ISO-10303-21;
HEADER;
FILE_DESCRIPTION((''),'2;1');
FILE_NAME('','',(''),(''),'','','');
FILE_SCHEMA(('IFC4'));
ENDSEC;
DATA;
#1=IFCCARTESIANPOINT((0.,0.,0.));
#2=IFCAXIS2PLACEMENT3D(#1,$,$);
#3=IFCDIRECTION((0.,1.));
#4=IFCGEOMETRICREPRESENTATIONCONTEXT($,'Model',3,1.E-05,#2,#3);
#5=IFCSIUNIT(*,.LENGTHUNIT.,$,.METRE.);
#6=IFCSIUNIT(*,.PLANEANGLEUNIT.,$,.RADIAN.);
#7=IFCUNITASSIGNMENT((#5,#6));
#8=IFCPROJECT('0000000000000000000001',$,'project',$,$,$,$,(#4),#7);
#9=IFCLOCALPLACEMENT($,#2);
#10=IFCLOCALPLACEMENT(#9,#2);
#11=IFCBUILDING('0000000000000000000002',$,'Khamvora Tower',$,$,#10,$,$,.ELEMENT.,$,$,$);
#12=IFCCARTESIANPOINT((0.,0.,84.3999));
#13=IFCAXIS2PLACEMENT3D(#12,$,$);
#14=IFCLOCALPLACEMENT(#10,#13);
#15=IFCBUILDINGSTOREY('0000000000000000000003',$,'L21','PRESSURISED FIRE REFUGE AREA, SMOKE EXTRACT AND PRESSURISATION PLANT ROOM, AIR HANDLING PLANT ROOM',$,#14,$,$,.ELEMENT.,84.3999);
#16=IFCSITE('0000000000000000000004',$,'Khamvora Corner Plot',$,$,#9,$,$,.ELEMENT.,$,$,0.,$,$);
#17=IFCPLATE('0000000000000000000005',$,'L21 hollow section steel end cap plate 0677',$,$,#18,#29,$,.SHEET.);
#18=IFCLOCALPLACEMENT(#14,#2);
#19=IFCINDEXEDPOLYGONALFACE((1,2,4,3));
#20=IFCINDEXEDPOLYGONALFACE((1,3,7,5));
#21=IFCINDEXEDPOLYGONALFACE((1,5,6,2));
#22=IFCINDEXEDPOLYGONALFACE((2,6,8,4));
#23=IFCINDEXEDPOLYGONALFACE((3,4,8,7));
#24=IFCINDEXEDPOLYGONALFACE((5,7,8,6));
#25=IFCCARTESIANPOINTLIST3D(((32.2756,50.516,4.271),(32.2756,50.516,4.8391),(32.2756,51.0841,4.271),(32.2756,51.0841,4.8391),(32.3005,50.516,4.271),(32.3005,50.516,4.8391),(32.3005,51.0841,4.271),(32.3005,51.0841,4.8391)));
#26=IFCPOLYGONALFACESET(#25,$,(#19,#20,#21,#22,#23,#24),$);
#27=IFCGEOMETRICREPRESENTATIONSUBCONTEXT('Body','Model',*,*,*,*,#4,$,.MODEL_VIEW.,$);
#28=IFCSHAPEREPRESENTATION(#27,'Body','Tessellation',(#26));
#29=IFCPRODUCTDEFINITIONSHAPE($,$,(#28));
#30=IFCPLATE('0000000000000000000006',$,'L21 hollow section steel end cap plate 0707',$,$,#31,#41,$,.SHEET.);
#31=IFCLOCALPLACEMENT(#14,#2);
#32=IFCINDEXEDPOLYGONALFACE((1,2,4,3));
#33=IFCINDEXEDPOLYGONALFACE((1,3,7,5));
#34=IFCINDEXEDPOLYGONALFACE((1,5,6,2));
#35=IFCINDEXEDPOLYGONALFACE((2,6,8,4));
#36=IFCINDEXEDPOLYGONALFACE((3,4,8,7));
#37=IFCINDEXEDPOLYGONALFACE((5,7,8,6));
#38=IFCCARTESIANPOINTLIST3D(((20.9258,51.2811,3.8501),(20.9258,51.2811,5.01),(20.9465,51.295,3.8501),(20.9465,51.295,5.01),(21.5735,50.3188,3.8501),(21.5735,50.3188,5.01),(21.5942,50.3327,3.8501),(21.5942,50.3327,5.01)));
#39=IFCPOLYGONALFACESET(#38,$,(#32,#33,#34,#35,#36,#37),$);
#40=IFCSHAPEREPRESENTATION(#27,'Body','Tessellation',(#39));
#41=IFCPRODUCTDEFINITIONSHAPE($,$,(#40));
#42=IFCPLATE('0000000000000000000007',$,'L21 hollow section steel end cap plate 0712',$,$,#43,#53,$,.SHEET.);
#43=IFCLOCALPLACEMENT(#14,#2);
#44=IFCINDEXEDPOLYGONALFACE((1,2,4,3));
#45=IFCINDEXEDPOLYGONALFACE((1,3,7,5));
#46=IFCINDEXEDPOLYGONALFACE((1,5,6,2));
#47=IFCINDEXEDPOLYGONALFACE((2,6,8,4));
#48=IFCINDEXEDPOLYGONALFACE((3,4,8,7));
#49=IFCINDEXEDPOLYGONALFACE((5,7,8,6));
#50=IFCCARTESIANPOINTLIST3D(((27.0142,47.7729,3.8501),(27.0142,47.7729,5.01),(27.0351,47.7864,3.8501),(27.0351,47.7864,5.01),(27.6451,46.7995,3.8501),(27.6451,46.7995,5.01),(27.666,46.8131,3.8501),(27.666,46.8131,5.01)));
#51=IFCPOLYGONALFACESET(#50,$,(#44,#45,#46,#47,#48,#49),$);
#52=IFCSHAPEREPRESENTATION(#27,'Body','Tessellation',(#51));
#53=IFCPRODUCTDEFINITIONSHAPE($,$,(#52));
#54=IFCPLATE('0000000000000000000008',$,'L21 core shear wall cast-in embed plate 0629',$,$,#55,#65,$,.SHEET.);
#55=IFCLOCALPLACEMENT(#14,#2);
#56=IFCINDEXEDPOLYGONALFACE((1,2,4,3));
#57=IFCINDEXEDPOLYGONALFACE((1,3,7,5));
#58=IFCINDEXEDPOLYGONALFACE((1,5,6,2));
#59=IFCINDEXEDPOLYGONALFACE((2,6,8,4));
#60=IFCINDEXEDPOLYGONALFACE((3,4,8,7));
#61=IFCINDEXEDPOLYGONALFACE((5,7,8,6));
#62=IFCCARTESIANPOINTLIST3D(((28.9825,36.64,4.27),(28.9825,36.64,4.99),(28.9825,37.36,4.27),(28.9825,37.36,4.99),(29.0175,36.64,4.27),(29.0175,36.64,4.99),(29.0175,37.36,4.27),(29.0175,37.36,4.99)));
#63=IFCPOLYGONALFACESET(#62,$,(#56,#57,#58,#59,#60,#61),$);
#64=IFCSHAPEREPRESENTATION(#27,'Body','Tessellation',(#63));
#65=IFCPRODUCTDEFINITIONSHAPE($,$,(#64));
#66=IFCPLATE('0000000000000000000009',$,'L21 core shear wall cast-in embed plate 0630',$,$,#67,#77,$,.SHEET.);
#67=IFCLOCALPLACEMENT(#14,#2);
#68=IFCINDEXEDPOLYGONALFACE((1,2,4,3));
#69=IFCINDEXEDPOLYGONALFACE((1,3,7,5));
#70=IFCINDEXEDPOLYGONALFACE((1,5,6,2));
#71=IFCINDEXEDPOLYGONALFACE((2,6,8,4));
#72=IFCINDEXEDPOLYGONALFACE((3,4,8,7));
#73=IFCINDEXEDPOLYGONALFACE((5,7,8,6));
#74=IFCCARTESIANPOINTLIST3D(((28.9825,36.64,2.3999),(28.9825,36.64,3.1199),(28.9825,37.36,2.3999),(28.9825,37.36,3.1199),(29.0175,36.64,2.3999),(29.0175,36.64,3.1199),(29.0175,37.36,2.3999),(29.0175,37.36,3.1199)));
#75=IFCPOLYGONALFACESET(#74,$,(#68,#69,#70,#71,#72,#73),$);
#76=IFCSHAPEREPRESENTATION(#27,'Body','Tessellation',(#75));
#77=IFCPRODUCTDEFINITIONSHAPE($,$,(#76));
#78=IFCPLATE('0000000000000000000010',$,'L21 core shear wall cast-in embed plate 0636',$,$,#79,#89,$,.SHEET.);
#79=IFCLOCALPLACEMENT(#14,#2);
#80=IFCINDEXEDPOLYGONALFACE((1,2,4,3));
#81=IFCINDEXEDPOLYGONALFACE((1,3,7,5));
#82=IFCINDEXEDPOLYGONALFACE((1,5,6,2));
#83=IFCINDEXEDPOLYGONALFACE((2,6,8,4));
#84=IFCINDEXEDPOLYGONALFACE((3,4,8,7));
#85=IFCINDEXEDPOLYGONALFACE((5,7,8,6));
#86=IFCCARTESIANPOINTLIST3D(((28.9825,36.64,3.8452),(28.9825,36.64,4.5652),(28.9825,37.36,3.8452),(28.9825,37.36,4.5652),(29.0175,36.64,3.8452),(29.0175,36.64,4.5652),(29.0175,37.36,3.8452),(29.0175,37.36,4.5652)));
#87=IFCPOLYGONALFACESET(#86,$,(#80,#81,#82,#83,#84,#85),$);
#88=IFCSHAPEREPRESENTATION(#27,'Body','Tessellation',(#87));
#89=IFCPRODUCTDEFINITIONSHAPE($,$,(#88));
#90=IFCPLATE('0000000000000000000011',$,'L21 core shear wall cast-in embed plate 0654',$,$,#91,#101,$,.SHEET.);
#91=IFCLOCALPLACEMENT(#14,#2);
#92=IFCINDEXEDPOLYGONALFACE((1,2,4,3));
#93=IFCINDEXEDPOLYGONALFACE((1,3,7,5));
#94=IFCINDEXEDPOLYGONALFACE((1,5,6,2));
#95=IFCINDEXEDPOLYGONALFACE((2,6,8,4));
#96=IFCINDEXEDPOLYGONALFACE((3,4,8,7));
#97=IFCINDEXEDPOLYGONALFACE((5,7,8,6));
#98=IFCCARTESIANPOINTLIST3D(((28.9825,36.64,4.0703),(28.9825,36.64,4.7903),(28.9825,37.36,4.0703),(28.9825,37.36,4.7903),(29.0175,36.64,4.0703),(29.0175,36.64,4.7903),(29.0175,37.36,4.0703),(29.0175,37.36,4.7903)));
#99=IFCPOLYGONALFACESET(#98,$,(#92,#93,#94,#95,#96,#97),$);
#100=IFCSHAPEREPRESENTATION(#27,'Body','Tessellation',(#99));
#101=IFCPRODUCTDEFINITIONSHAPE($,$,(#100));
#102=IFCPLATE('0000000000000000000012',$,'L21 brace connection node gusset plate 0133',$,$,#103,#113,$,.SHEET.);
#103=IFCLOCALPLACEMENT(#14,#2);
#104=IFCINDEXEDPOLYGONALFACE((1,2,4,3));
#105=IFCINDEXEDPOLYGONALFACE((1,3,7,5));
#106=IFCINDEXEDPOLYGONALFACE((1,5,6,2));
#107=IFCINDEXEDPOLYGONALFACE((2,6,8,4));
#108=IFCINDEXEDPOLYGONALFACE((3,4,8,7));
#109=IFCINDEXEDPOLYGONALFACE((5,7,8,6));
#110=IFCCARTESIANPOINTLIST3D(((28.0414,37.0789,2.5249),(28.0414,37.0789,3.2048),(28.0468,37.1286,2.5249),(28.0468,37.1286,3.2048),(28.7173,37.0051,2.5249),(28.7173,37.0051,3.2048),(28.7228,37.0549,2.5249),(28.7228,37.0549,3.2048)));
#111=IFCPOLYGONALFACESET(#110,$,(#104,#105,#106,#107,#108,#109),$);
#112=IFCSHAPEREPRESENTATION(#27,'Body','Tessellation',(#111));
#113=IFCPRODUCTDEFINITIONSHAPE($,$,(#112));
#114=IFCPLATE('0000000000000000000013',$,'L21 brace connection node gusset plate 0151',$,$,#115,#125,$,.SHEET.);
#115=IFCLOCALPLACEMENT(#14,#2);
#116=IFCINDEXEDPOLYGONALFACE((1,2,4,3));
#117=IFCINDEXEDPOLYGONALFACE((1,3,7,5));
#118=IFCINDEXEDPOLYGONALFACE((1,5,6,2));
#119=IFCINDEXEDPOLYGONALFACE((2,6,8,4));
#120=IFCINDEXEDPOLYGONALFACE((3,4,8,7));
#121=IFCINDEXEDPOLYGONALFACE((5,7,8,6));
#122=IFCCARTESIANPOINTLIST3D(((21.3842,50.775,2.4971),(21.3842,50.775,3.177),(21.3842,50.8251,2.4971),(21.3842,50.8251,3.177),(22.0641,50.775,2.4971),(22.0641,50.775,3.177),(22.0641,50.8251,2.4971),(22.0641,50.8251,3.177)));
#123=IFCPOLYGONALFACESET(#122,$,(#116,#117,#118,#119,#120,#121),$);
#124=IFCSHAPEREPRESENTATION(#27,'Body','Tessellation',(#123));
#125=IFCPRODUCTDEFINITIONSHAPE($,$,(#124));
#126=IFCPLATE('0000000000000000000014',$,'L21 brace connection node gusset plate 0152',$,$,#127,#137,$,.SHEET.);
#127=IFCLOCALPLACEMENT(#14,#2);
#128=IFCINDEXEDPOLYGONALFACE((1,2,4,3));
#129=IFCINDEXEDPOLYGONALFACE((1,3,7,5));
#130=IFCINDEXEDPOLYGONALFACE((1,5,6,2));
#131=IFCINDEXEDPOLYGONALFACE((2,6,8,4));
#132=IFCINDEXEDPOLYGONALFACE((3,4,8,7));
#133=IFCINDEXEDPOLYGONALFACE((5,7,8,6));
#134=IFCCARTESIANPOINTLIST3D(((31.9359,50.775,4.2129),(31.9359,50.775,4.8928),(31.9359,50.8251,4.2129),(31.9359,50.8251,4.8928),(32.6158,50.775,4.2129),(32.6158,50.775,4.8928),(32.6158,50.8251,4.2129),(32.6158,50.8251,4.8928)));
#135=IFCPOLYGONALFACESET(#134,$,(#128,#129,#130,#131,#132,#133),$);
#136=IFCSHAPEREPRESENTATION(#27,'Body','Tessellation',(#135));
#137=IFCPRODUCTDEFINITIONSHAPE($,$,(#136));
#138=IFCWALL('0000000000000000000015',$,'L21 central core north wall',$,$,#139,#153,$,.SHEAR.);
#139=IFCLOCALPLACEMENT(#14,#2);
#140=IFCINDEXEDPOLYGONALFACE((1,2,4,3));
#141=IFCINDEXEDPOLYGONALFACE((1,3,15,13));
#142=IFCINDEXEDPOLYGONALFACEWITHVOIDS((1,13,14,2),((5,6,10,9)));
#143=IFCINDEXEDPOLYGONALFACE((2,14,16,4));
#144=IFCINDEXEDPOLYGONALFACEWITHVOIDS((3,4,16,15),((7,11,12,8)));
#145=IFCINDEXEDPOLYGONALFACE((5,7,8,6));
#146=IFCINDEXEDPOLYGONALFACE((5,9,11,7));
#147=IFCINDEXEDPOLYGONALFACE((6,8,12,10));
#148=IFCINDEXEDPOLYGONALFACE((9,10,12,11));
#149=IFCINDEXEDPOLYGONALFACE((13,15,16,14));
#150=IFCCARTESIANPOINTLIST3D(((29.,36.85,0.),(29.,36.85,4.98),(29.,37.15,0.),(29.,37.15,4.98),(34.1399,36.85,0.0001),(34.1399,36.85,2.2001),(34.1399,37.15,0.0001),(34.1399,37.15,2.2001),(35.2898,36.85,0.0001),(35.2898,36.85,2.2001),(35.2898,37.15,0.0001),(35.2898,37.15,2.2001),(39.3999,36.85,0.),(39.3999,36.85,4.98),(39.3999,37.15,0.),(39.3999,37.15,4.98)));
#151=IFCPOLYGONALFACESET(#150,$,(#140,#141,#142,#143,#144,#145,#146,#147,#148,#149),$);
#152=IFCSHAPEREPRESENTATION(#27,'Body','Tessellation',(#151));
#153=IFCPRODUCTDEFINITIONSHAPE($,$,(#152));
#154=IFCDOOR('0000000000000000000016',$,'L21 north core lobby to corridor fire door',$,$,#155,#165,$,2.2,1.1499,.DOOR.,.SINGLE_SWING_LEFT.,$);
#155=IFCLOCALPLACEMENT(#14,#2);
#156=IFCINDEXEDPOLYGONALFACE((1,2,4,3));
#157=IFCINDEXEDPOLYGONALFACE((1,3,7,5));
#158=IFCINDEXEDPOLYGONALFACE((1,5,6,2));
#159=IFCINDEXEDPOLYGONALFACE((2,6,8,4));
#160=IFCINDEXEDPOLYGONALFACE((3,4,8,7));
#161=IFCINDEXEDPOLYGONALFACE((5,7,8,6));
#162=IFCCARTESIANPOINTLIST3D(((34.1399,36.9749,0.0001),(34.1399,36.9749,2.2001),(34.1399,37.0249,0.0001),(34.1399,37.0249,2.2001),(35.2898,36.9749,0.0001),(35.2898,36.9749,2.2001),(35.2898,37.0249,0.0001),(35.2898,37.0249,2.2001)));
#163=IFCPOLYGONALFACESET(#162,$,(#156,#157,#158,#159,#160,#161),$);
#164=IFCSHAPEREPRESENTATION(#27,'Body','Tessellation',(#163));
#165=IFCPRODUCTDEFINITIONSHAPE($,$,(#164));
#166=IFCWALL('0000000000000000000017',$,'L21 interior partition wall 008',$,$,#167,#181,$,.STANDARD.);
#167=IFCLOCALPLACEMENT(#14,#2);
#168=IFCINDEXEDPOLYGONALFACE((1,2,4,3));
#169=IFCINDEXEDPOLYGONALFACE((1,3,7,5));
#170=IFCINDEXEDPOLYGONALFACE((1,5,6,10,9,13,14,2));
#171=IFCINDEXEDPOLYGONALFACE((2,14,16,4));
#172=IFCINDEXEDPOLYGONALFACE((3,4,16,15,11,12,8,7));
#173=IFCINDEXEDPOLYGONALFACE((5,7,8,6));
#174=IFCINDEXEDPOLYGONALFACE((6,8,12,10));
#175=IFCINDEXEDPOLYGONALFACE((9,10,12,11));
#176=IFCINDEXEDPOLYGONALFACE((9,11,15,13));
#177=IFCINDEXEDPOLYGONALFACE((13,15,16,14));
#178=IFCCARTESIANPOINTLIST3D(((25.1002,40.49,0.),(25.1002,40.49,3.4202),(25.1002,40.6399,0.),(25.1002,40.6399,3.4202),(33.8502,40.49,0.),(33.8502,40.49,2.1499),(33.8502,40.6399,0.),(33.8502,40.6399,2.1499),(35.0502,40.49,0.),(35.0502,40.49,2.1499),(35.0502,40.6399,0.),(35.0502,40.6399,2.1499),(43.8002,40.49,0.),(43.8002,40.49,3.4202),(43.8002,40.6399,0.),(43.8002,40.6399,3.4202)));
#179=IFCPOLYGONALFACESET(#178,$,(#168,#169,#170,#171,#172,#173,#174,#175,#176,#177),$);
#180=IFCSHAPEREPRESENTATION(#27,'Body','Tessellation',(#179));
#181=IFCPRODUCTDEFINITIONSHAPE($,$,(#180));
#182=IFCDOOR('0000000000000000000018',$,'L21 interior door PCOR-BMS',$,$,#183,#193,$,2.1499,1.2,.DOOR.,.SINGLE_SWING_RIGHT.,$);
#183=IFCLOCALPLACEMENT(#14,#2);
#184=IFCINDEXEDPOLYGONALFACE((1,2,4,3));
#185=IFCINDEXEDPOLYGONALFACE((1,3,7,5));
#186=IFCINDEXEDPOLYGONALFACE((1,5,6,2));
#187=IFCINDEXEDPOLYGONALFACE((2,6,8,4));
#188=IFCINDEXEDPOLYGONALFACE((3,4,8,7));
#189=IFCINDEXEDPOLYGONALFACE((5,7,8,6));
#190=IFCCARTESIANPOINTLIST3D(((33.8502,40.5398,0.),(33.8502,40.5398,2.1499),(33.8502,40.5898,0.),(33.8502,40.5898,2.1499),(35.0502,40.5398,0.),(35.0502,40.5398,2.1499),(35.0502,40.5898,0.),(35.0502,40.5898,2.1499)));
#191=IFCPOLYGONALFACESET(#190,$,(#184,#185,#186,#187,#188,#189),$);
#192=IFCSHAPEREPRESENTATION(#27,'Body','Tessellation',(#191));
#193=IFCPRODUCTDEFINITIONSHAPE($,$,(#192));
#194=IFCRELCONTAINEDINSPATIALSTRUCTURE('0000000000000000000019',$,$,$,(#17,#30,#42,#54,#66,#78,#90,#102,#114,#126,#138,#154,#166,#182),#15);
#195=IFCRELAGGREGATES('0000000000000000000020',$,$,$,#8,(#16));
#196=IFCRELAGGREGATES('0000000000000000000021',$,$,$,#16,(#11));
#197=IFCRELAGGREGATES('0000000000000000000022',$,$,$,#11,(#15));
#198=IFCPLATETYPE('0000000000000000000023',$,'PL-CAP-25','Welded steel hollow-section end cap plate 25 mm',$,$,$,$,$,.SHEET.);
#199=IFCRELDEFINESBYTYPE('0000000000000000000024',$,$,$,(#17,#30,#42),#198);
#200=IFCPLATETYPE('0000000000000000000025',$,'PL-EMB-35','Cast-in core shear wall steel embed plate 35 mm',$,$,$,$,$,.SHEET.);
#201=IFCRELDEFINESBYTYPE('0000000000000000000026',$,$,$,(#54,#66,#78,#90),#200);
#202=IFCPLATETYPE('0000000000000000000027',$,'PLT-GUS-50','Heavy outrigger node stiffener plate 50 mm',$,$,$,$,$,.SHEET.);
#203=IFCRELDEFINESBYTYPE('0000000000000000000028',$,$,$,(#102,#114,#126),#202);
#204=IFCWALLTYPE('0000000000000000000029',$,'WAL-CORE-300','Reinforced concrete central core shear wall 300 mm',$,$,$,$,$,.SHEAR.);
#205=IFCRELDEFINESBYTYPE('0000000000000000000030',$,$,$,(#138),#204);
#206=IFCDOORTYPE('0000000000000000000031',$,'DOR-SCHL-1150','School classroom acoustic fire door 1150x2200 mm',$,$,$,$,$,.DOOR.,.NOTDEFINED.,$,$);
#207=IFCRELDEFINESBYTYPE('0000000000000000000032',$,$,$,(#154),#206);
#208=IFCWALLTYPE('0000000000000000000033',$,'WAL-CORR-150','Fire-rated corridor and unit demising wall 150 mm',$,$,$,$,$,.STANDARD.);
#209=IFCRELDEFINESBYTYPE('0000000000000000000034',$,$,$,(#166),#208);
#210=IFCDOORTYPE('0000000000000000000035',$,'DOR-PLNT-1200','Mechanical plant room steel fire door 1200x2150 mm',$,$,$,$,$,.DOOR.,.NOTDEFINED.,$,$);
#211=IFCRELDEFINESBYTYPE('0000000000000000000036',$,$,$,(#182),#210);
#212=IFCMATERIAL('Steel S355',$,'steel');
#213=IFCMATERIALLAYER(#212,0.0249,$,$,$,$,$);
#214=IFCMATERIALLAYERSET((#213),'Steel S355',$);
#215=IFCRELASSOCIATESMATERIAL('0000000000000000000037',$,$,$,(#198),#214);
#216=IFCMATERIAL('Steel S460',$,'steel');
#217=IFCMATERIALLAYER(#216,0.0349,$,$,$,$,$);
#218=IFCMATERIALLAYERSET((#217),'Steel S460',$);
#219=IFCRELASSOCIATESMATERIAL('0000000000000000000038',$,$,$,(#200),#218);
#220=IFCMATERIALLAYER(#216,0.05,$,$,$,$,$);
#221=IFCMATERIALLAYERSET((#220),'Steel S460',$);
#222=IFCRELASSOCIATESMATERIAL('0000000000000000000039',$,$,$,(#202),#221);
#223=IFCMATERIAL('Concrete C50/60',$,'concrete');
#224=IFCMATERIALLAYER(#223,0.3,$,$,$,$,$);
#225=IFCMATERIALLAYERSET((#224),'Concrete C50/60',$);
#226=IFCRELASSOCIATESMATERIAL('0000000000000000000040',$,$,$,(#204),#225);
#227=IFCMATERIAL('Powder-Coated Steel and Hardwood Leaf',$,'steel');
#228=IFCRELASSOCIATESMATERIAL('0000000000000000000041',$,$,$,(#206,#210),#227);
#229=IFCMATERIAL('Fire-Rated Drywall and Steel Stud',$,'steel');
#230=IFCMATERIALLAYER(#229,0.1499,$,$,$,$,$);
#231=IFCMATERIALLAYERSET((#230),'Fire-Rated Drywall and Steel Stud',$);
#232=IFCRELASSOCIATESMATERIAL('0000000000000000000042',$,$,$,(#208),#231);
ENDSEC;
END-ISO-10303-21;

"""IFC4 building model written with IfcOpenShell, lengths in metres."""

from ifc_helpers import new_model, si_unit, direction, frame, frame_2d, origin, origin_2d, place, context, subcontext, project, spatial, rectangle, extrude, material, layer, layer_set, type_object, element, fill, save


model = new_model("IFC4")

# Units and contexts
model_context = context("Model", 3, precision=1e-05, world=origin(), true_north=direction((0.0, 1.0)))
body_context = subcontext(model_context, "Body", "Model", "MODEL_VIEW")
ifc_project = project(units=[si_unit("LENGTHUNIT", "METRE"), si_unit("PLANEANGLEUNIT", "RADIAN")], contexts=[model_context])

# Site, building, storey
site_placement = place(None, origin())
site = spatial("IfcSite", under=ifc_project, at=site_placement, Name="Khamvora Corner Plot", CompositionType="ELEMENT", RefElevation=0.0)
building_placement = place(site_placement, origin())
building = spatial("IfcBuilding", under=site, at=building_placement, Name="Khamvora Tower", CompositionType="ELEMENT")
storey_placement = place(building_placement, frame((0.0, 0.0, 84.3999)))
storey = spatial("IfcBuildingStorey", under=building, at=storey_placement, Name="L21", Description="PRESSURISED FIRE REFUGE AREA, SMOKE EXTRACT AND PRESSURISATION PLANT ROOM, AIR HANDLING PLANT ROOM", CompositionType="ELEMENT", Elevation=84.3999)

# Shared definitions
ifc_material_1 = material(Name="Steel S460", Category="steel")

# Plates
ifc_material_2 = material(Name="Steel S355", Category="steel")
ifc_layer_1 = layer(ifc_material_2, 0.0249)
ifc_layer_set_1 = layer_set([ifc_layer_1], Name="Steel S355")
plate_type_1 = type_object("IfcPlateType", Name="PL-CAP-25", Description="Welded steel hollow-section end cap plate 25 mm", PredefinedType="SHEET", material=ifc_layer_set_1)
for number, where, z_axis, x_axis, name in (
    (1, (32.2881, 50.8, 4.271), (0.0, 0.0, 1.0), (1.0, 0.0, 0.0), "L21 hollow section steel end cap plate 0677"),
):
    element("IfcPlate", number, at=place(storey_placement, frame(where, z_axis=z_axis, x_axis=x_axis)), inside=storey, type_object=plate_type_1, Name=name, PredefinedType="SHEET", context=body_context, shape_type="SweptSolid", body=[
        extrude(rectangle(XDim=0.0249, YDim=0.5681, at=origin_2d()), origin(), (0.0, 0.0, 1.0), 0.5681),
    ])
for number, where, z_axis, x_axis, name in (
    (2, (21.26, 50.8069, 3.8501), (0.0, 0.0, 1.0), (-0.829584, -0.558382, 0.0), "L21 hollow section steel end cap plate 0707"),
    (3, (27.3401, 47.293, 3.8501), (0.0, 0.0, 1.0), (-0.839155, -0.543892, 0.0), "L21 hollow section steel end cap plate 0712"),
):
    element("IfcPlate", number, at=place(storey_placement, frame(where, z_axis=z_axis, x_axis=x_axis)), inside=storey, type_object=plate_type_1, Name=name, PredefinedType="SHEET", context=body_context, shape_type="SweptSolid", body=[
        extrude(rectangle(XDim=0.0249, YDim=1.1599, at=origin_2d()), origin(), (0.0, 0.0, 1.0), 1.1599),
    ])
ifc_layer_2 = layer(ifc_material_1, 0.0349)
ifc_layer_set_2 = layer_set([ifc_layer_2], Name="Steel S460")
plate_type_2 = type_object("IfcPlateType", Name="PL-EMB-35", Description="Cast-in core shear wall steel embed plate 35 mm", PredefinedType="SHEET", material=ifc_layer_set_2)
for number, where, z_axis, x_axis, name in (
    (4, (29.0, 37.0, 4.27), (0.0, 0.0, 1.0), (1.0, 0.0, 0.0), "L21 core shear wall cast-in embed plate 0629"),
    (5, (29.0, 37.0, 2.3999), (0.0, 0.0, 1.0), (1.0, 0.0, 0.0), "L21 core shear wall cast-in embed plate 0630"),
    (6, (29.0, 37.0, 3.8452), (0.0, 0.0, 1.0), (1.0, 0.0, 0.0), "L21 core shear wall cast-in embed plate 0636"),
    (7, (29.0, 37.0, 4.0703), (0.0, 0.0, 1.0), (1.0, 0.0, 0.0), "L21 core shear wall cast-in embed plate 0654"),
):
    element("IfcPlate", number, at=place(storey_placement, frame(where, z_axis=z_axis, x_axis=x_axis)), inside=storey, type_object=plate_type_2, Name=name, PredefinedType="SHEET", context=body_context, shape_type="SweptSolid", body=[
        extrude(rectangle(XDim=0.0349, YDim=0.72, at=origin_2d()), origin(), (0.0, 0.0, 1.0), 0.72),
    ])
ifc_layer_3 = layer(ifc_material_1, 0.05)
ifc_layer_set_3 = layer_set([ifc_layer_3], Name="Steel S460")
plate_type_3 = type_object("IfcPlateType", Name="PLT-GUS-50", Description="Heavy outrigger node stiffener plate 50 mm", PredefinedType="SHEET", material=ifc_layer_set_3)
for number, where, z_axis, x_axis, name in (
    (8, (28.3821, 37.0669, 2.5249), (0.0, 0.0, 1.0), (-0.994102, 0.10845, 0.0), "L21 brace connection node gusset plate 0133"),
    (9, (21.7241, 50.8, 2.4971), (0.0, 0.0, 1.0), (1.0, 0.0, 0.0), "L21 brace connection node gusset plate 0151"),
    (10, (32.2759, 50.8, 4.2129), (0.0, 0.0, 1.0), (1.0, 0.0, 0.0), "L21 brace connection node gusset plate 0152"),
):
    element("IfcPlate", number, at=place(storey_placement, frame(where, z_axis=z_axis, x_axis=x_axis)), inside=storey, type_object=plate_type_3, Name=name, PredefinedType="SHEET", context=body_context, shape_type="SweptSolid", body=[
        extrude(rectangle(XDim=0.6799, YDim=0.05, at=origin_2d()), origin(), (0.0, 0.0, 1.0), 0.6799),
    ])

# Walls, openings, doors
ifc_material_3 = material(Name="Concrete C50/60", Category="concrete")
ifc_layer_4 = layer(ifc_material_3, 0.3)
ifc_layer_set_4 = layer_set([ifc_layer_4], Name="Concrete C50/60")
wall_type_1 = type_object("IfcWallType", Name="WAL-CORE-300", Description="Reinforced concrete central core shear wall 300 mm", PredefinedType="SHEAR", material=ifc_layer_set_4)
wall_1_placement = place(storey_placement, frame((29.0, 37.0, 0.0), z_axis=(0.0, 0.0, 1.0), x_axis=(1.0, 0.0, 0.0)))
wall_1 = element("IfcWall", 11, at=wall_1_placement, inside=storey, type_object=wall_type_1, Name="L21 central core north wall", PredefinedType="SHEAR", context=body_context, shape_type="SweptSolid", body=[
    extrude(rectangle(XDim=10.3999, YDim=0.3, at=frame_2d((5.2, 0.0))), origin(), (0.0, 0.0, 1.0), 4.98),
])
opening_1_placement = place(wall_1_placement, frame((5.1399, 0.0, 0.0)))
opening_1 = element("IfcOpeningElement", 12, at=opening_1_placement, cuts=wall_1, PredefinedType="OPENING", context=body_context, shape_type="SweptSolid", body=[
    extrude(rectangle(XDim=1.1499, YDim=2.2, at=frame_2d((0.575, 1.1001))), frame((0.0, 0.1599, 0.0), z_axis=(0.0, -1.0, 0.0), x_axis=(1.0, 0.0, 0.0)), (0.0, 0.0, 1.0), 0.3201),
])
ifc_material_4 = material(Name="Powder-Coated Steel and Hardwood Leaf", Category="steel")
door_type_1 = type_object("IfcDoorType", Name="DOR-SCHL-1150", Description="School classroom acoustic fire door 1150x2200 mm", OperationType="NOTDEFINED", PredefinedType="DOOR", material=ifc_material_4)
door_1_placement = place(opening_1_placement, origin())
door_1 = element("IfcDoor", 13, at=door_1_placement, inside=storey, type_object=door_type_1, Name="L21 north core lobby to corridor fire door", OperationType="SINGLE_SWING_LEFT", OverallHeight=2.2, OverallWidth=1.1499, PredefinedType="DOOR", context=body_context, shape_type="SweptSolid", body=[
    extrude(rectangle(XDim=1.1499, YDim=2.2, at=frame_2d((0.575, 1.1001))), frame((0.0, 0.0249, 0.0), z_axis=(0.0, -1.0, 0.0), x_axis=(1.0, 0.0, 0.0)), (0.0, 0.0, 1.0), 0.05),
])
fill(opening_1, door_1)
ifc_material_5 = material(Name="Fire-Rated Drywall and Steel Stud", Category="steel")
ifc_layer_5 = layer(ifc_material_5, 0.1499)
ifc_layer_set_5 = layer_set([ifc_layer_5], Name="Fire-Rated Drywall and Steel Stud")
wall_type_2 = type_object("IfcWallType", Name="WAL-CORR-150", Description="Fire-rated corridor and unit demising wall 150 mm", PredefinedType="STANDARD", material=ifc_layer_set_5)
wall_2_placement = place(storey_placement, frame((25.1001, 40.5649, 0.0), z_axis=(0.0, 0.0, 1.0), x_axis=(1.0, 0.0, 0.0)))
wall_2 = element("IfcWall", 14, at=wall_2_placement, inside=storey, type_object=wall_type_2, Name="L21 interior partition wall 008", PredefinedType="STANDARD", context=body_context, shape_type="SweptSolid", body=[
    extrude(rectangle(XDim=18.7, YDim=0.1499, at=frame_2d((9.3501, 0.0))), origin(), (0.0, 0.0, 1.0), 3.4202),
])
opening_2_placement = place(wall_2_placement, frame((8.75, 0.0, 0.0)))
opening_2 = element("IfcOpeningElement", 15, at=opening_2_placement, cuts=wall_2, PredefinedType="OPENING", context=body_context, shape_type="SweptSolid", body=[
    extrude(rectangle(XDim=1.2, YDim=2.1499, at=frame_2d((0.6001, 1.075))), frame((0.0, 0.085, 0.0), z_axis=(0.0, -1.0, 0.0), x_axis=(1.0, 0.0, 0.0)), (0.0, 0.0, 1.0), 0.1699),
])
door_type_2 = type_object("IfcDoorType", Name="DOR-PLNT-1200", Description="Mechanical plant room steel fire door 1200x2150 mm", OperationType="NOTDEFINED", PredefinedType="DOOR", material=ifc_material_4)
door_2_placement = place(opening_2_placement, origin())
door_2 = element("IfcDoor", 16, at=door_2_placement, inside=storey, type_object=door_type_2, Name="L21 interior door PCOR-BMS", OperationType="SINGLE_SWING_RIGHT", OverallHeight=2.1499, OverallWidth=1.2, PredefinedType="DOOR", context=body_context, shape_type="SweptSolid", body=[
    extrude(rectangle(XDim=1.2, YDim=2.1499, at=frame_2d((0.6001, 1.075))), frame((0.0, 0.0249, 0.0), z_axis=(0.0, -1.0, 0.0), x_axis=(1.0, 0.0, 0.0)), (0.0, 0.0, 1.0), 0.05),
])
fill(opening_2, door_2)

save(model, "model.ifc")
